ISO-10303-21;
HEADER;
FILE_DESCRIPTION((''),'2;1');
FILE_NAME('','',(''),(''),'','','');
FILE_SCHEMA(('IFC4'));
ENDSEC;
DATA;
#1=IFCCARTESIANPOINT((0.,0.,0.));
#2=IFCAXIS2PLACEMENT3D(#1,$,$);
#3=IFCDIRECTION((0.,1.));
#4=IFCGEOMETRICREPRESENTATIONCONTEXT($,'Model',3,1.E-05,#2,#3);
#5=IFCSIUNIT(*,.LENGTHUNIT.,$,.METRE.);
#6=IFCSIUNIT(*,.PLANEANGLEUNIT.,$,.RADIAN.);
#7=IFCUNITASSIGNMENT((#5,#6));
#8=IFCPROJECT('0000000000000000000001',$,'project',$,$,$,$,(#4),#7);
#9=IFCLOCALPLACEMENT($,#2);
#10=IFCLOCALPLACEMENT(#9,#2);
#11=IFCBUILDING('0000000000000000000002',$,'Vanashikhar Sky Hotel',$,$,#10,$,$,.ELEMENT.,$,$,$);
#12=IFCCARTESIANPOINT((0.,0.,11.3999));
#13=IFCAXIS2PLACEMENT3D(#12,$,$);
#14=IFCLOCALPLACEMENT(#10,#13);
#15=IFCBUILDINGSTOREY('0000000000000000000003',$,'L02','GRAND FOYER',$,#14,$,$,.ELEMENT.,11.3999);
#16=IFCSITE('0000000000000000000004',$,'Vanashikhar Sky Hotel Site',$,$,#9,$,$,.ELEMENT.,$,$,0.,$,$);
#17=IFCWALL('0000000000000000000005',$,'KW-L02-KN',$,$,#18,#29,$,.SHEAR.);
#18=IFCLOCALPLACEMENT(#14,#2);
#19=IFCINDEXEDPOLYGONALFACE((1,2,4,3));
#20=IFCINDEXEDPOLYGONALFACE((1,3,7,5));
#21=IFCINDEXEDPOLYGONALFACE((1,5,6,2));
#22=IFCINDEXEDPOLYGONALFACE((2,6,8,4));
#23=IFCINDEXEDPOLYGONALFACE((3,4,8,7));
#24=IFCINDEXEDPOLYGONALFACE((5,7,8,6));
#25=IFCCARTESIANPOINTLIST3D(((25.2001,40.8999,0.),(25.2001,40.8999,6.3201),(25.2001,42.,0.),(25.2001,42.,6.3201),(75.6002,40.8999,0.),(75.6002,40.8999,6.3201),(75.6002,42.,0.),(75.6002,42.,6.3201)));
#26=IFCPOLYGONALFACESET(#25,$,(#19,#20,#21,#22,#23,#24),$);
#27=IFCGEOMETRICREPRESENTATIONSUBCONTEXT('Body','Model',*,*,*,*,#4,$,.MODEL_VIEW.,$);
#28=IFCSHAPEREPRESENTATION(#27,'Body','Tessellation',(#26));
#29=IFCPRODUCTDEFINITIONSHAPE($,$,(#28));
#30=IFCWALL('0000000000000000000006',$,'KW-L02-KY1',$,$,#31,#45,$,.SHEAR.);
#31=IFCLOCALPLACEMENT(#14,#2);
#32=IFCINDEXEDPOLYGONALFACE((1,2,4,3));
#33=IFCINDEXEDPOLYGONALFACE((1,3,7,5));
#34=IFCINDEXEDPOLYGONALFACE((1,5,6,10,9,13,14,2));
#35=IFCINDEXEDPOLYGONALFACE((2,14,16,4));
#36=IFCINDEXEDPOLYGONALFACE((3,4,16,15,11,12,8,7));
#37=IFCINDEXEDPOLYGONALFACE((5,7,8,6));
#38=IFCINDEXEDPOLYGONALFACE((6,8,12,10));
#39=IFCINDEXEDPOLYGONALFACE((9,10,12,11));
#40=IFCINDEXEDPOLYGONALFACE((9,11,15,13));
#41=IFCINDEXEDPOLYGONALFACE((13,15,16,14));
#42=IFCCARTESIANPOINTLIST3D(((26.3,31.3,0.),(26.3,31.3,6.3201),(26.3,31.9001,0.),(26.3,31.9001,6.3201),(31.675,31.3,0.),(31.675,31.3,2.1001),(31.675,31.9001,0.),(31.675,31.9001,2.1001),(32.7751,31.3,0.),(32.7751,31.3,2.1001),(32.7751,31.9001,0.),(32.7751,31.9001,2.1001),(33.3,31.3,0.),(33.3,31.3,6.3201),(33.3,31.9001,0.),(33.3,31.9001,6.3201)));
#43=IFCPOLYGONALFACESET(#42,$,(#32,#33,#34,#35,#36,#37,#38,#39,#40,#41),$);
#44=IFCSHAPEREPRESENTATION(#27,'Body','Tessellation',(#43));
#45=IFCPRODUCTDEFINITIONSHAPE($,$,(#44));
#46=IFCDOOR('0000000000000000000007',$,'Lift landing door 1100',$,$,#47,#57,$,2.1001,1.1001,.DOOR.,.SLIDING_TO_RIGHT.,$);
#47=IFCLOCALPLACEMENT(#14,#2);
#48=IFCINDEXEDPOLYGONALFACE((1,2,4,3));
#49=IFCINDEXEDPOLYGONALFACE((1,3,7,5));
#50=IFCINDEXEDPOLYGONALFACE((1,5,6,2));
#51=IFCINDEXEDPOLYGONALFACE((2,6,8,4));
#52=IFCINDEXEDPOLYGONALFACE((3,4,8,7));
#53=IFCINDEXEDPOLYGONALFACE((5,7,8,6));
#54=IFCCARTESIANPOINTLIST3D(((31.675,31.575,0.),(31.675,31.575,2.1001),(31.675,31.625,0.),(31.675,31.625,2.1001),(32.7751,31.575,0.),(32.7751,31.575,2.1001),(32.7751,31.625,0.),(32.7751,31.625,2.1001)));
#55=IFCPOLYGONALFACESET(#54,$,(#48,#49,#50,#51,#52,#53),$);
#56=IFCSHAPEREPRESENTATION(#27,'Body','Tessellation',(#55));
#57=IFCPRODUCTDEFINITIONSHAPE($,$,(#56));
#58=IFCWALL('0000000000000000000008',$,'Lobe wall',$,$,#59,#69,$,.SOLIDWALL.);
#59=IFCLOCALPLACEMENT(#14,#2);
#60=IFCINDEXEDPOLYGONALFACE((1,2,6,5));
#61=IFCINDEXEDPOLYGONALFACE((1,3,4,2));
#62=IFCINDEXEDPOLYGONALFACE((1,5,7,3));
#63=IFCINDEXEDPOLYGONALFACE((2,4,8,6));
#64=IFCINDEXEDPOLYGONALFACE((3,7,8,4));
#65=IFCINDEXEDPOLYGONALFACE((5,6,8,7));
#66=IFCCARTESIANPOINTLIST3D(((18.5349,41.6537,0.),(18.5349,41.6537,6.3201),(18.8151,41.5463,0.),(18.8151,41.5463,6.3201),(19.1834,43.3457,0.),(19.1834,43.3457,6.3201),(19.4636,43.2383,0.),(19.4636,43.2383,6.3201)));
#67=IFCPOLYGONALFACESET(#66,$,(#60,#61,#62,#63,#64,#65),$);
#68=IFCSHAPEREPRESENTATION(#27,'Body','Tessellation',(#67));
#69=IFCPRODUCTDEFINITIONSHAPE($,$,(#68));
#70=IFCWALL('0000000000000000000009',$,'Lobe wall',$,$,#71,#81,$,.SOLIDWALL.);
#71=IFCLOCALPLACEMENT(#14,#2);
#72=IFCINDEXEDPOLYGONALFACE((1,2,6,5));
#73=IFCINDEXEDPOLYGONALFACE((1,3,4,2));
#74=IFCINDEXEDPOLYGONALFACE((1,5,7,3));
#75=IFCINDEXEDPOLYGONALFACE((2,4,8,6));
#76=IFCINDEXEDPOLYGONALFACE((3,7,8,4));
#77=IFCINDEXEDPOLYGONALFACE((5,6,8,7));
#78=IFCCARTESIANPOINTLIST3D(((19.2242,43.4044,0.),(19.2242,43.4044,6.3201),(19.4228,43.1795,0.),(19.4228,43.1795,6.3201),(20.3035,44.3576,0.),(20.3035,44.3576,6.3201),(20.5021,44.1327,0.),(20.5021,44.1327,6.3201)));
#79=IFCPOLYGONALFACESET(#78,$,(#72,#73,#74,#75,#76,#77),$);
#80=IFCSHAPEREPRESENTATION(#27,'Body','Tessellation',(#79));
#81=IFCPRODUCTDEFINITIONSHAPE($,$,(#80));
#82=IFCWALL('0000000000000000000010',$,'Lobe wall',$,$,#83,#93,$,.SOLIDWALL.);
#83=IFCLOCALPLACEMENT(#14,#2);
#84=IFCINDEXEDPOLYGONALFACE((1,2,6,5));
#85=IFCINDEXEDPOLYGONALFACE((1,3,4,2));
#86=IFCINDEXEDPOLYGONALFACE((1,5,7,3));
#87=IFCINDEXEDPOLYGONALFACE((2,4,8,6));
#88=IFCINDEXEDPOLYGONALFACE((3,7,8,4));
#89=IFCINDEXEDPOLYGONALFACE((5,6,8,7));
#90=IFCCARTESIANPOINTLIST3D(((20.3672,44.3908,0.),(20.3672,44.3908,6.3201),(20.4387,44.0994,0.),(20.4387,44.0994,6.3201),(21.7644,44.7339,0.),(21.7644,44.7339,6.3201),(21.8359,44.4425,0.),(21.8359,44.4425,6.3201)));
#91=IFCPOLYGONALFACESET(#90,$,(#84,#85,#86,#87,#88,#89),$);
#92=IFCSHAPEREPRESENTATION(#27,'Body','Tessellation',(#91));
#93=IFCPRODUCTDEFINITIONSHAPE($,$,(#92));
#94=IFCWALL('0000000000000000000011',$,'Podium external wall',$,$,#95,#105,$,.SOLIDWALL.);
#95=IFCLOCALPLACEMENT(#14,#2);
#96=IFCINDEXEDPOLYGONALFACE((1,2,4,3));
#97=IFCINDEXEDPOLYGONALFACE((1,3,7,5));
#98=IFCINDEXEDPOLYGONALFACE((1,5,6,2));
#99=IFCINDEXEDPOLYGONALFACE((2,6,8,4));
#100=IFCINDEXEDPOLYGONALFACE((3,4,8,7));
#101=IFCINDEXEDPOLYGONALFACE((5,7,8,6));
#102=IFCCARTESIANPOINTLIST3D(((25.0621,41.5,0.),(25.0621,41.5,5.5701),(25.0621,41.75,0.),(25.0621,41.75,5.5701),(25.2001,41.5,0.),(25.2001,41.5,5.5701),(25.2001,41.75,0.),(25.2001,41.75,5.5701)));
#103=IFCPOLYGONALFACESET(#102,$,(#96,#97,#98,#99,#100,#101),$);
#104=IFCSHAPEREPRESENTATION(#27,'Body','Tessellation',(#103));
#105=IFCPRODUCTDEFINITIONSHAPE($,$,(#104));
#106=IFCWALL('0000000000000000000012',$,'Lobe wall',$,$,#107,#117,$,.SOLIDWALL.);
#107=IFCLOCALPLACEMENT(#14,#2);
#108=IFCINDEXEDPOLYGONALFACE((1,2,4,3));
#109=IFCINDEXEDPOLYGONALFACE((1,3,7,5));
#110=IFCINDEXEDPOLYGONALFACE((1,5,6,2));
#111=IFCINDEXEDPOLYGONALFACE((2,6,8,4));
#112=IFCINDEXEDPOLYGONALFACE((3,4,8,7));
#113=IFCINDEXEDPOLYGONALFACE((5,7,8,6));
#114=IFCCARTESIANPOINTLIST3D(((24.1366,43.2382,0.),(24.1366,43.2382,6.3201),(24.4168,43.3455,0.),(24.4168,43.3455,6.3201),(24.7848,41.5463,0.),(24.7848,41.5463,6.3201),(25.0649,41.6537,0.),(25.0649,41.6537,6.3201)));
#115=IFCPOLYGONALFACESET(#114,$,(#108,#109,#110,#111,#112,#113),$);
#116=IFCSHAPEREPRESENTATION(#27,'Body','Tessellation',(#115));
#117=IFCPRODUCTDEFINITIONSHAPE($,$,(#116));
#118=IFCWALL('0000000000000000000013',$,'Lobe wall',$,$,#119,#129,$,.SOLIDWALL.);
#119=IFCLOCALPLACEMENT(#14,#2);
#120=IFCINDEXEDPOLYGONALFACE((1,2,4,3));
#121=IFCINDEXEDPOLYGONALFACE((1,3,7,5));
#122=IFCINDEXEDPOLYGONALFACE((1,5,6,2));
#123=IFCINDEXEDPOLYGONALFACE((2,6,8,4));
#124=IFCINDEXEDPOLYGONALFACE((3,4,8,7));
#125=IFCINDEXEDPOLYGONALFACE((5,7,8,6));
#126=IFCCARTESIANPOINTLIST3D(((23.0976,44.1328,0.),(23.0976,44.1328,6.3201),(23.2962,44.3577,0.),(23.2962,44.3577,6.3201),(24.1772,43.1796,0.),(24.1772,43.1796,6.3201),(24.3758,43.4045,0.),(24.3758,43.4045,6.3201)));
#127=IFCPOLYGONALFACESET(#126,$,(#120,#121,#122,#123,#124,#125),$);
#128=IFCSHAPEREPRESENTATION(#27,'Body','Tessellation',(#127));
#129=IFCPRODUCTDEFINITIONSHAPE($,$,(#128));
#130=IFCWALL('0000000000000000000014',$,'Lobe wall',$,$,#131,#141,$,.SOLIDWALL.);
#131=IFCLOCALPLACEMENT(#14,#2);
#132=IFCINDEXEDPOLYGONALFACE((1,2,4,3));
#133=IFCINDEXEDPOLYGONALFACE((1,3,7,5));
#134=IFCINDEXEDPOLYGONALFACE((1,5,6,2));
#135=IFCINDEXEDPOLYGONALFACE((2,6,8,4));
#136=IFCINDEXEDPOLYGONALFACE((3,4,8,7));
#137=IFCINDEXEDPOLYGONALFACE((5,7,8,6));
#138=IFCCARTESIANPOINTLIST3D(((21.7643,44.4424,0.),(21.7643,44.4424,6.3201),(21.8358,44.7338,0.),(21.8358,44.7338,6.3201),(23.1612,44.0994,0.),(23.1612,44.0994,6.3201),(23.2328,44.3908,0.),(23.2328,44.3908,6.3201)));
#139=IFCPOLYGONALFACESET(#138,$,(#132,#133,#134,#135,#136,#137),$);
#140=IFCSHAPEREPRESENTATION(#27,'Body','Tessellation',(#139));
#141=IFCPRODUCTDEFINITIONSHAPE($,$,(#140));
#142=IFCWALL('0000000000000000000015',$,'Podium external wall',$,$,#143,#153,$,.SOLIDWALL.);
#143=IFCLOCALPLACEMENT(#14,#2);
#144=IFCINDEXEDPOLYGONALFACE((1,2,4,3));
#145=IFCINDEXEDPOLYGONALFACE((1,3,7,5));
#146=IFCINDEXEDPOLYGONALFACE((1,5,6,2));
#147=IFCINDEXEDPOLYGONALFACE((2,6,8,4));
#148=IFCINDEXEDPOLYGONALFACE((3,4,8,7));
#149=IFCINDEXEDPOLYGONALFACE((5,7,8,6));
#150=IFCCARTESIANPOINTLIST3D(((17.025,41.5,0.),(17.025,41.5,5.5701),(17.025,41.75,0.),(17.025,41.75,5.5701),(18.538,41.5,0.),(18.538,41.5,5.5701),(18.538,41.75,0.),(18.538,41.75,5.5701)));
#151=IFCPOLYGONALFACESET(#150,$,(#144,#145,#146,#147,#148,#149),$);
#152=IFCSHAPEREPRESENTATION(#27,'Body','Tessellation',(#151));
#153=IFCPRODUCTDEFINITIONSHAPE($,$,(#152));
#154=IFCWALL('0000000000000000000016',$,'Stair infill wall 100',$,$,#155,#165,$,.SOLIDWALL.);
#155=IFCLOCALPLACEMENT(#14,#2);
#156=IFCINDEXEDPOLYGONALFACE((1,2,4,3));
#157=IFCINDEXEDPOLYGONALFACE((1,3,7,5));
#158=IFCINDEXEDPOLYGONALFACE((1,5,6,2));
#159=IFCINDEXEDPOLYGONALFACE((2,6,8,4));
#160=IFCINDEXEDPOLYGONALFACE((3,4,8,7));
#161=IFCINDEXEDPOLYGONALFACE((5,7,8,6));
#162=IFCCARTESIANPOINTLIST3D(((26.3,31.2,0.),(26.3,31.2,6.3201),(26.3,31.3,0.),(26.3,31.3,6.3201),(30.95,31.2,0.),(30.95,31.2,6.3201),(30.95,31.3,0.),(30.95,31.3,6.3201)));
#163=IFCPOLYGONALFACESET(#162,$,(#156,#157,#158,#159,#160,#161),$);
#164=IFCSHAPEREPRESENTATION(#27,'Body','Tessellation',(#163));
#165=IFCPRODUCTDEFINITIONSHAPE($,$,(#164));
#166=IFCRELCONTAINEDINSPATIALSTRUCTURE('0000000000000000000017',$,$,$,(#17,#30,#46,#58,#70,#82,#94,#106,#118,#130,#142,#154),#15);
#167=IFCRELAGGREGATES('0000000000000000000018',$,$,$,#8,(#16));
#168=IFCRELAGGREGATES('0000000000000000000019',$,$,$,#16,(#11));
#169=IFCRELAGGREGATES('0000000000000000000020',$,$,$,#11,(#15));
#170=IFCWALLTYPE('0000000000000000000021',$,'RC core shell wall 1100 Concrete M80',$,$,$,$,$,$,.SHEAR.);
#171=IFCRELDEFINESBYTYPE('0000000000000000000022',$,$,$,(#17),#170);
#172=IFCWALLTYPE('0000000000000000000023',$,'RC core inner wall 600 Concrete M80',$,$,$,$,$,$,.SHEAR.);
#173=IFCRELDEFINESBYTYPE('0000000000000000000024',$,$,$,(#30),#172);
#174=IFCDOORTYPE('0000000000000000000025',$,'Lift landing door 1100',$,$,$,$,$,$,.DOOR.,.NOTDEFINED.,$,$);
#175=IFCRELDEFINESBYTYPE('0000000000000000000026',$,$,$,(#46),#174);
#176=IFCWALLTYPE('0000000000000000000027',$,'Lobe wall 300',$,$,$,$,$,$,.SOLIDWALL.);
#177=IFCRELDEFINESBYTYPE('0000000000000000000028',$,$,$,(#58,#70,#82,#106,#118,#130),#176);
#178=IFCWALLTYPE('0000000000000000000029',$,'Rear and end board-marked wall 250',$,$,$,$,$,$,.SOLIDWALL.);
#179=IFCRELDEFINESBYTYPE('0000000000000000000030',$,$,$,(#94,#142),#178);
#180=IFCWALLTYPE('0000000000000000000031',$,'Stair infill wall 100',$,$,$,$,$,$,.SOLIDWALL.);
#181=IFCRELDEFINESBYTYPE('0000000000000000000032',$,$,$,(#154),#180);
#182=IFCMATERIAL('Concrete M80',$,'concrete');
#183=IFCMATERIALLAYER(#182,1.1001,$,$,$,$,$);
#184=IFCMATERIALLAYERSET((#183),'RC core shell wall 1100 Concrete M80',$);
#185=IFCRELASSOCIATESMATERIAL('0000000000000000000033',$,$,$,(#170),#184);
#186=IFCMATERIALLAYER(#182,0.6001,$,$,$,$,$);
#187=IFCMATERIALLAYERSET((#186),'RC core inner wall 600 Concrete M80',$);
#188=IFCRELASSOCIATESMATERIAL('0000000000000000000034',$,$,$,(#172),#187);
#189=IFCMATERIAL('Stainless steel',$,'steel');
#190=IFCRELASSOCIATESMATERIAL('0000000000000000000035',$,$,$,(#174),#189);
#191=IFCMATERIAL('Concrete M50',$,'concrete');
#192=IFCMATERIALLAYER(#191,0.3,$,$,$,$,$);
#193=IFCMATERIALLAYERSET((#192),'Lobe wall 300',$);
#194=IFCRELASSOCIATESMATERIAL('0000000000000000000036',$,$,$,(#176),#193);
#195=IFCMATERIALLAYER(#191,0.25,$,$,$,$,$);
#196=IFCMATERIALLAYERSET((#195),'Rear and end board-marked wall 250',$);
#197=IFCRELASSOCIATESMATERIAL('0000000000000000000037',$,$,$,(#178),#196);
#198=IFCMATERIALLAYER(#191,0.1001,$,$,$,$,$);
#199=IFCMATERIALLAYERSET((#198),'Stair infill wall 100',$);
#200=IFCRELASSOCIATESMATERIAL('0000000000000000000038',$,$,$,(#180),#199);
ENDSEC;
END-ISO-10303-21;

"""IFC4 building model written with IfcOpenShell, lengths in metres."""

from ifc_helpers import new_model, si_unit, direction, frame, frame_2d, origin, place, context, subcontext, project, spatial, rectangle, extrude, source, transform, mapped, material, layer, layer_set, type_object, element, fill, save


model = new_model("IFC4")

# Units and contexts
model_context = context("Model", 3, precision=1e-05, world=origin(), true_north=direction((0.0, 1.0)))
body_context = subcontext(model_context, "Body", "Model", "MODEL_VIEW")
ifc_project = project(units=[si_unit("LENGTHUNIT", "METRE"), si_unit("PLANEANGLEUNIT", "RADIAN")], contexts=[model_context])

# Site, building, storey
site_placement = place(None, origin())
site = spatial("IfcSite", under=ifc_project, at=site_placement, Name="Vanashikhar Sky Hotel Site", CompositionType="ELEMENT", RefElevation=0.0)
building_placement = place(site_placement, origin())
building = spatial("IfcBuilding", under=site, at=building_placement, Name="Vanashikhar Sky Hotel", CompositionType="ELEMENT")
storey_placement = place(building_placement, frame((0.0, 0.0, 11.3999)))
storey = spatial("IfcBuildingStorey", under=building, at=storey_placement, Name="L02", Description="GRAND FOYER", CompositionType="ELEMENT", Elevation=11.3999)

# Wall
ifc_material_1 = material(Name="Concrete M80", Category="concrete")
ifc_layer_1 = layer(ifc_material_1, 1.1001)
ifc_layer_set_1 = layer_set([ifc_layer_1], Name="RC core shell wall 1100 Concrete M80")
wall_type_1 = type_object("IfcWallType", Name="RC core shell wall 1100 Concrete M80", PredefinedType="SHEAR", material=ifc_layer_set_1)
shared_shape_1 = source(origin(), body_context, "Body", "SweptSolid", [
    extrude(rectangle(XDim=50.4001, YDim=1.1001, at=frame_2d((25.2002, 0.0))), origin(), (0.0, 0.0, 1.0), 6.3201),
])
wall_1_placement = place(storey_placement, frame((25.2, 41.45, 0.0), z_axis=(0.0, 0.0, 1.0), x_axis=(1.0, 0.0, 0.0)))
element("IfcWall", 1, at=wall_1_placement, inside=storey, type_object=wall_type_1, Name="KW-L02-KN", PredefinedType="SHEAR", context=body_context, shape_type="MappedRepresentation", body=[
    mapped(shared_shape_1, transform((0.0, 0.0, 0.0), scale=1.0)),
])

# Wall, opening, door
ifc_layer_2 = layer(ifc_material_1, 0.6001)
ifc_layer_set_2 = layer_set([ifc_layer_2], Name="RC core inner wall 600 Concrete M80")
wall_type_2 = type_object("IfcWallType", Name="RC core inner wall 600 Concrete M80", PredefinedType="SHEAR", material=ifc_layer_set_2)
shared_shape_2 = source(origin(), body_context, "Body", "SweptSolid", [
    extrude(rectangle(XDim=7.0, YDim=0.6001, at=frame_2d((3.5, 0.0))), origin(), (0.0, 0.0, 1.0), 6.3201),
])
wall_2_placement = place(storey_placement, frame((26.3, 31.6001, 0.0), z_axis=(0.0, 0.0, 1.0), x_axis=(1.0, 0.0, 0.0)))
wall_2 = element("IfcWall", 2, at=wall_2_placement, inside=storey, type_object=wall_type_2, Name="KW-L02-KY1", PredefinedType="SHEAR", context=body_context, shape_type="MappedRepresentation", body=[
    mapped(shared_shape_2, transform((0.0, 0.0, 0.0), scale=1.0)),
])
shared_shape_3 = source(origin(), body_context, "Body", "SweptSolid", [
    extrude(rectangle(XDim=1.1001, YDim=2.1001, at=frame_2d((0.55, 1.05))), frame((0.0, 0.3101, 0.0), z_axis=(0.0, -1.0, 0.0), x_axis=(1.0, 0.0, 0.0)), (0.0, 0.0, 1.0), 0.6201),
])
opening_placement = place(wall_2_placement, frame((5.375, 0.0, 0.0)))
opening = element("IfcOpeningElement", 3, at=opening_placement, cuts=wall_2, PredefinedType="OPENING", context=body_context, shape_type="MappedRepresentation", body=[
    mapped(shared_shape_3, transform((0.0, 0.0, 0.0), scale=1.0)),
])
ifc_material_2 = material(Name="Stainless steel", Category="steel")
door_type = type_object("IfcDoorType", Name="Lift landing door 1100", OperationType="NOTDEFINED", PredefinedType="DOOR", material=ifc_material_2)
shared_shape_4 = source(origin(), body_context, "Body", "SweptSolid", [
    extrude(rectangle(XDim=1.1001, YDim=2.1001, at=frame_2d((0.55, 1.05))), frame((0.0, 0.0249, 0.0), z_axis=(0.0, -1.0, 0.0), x_axis=(1.0, 0.0, 0.0)), (0.0, 0.0, 1.0), 0.05),
])
door_placement = place(opening_placement, origin())
door = element("IfcDoor", 4, at=door_placement, inside=storey, type_object=door_type, Name="Lift landing door 1100", OperationType="SLIDING_TO_RIGHT", OverallHeight=2.1001, OverallWidth=1.1001, PredefinedType="DOOR", context=body_context, shape_type="MappedRepresentation", body=[
    mapped(shared_shape_4, transform((0.0, 0.0, 0.0), scale=1.0)),
])
fill(opening, door)

# Walls
ifc_material_3 = material(Name="Concrete M50", Category="concrete")
ifc_layer_3 = layer(ifc_material_3, 0.3)
ifc_layer_set_3 = layer_set([ifc_layer_3], Name="Lobe wall 300")
wall_type_3 = type_object("IfcWallType", Name="Lobe wall 300", PredefinedType="SOLIDWALL", material=ifc_layer_set_3)
shared_shape_5 = source(origin(), body_context, "Body", "SweptSolid", [
    extrude(rectangle(XDim=1.812, YDim=0.3, at=frame_2d((0.906, 0.0))), origin(), (0.0, 0.0, 1.0), 6.3201),
])
wall_3_placement = place(storey_placement, frame((19.3235, 43.292, 0.0), z_axis=(0.0, 0.0, 1.0), x_axis=(-0.357877, -0.933769, 0.0)))
element("IfcWall", 5, at=wall_3_placement, inside=storey, type_object=wall_type_3, Name="Lobe wall", PredefinedType="SOLIDWALL", context=body_context, shape_type="MappedRepresentation", body=[
    mapped(shared_shape_5, transform((0.0, 0.0, 0.0), scale=1.0)),
])
shared_shape_6 = source(origin(), body_context, "Body", "SweptSolid", [
    extrude(rectangle(XDim=1.4399, YDim=0.3, at=frame_2d((0.72, 0.0))), origin(), (0.0, 0.0, 1.0), 6.3201),
])
wall_4_placement = place(storey_placement, frame((20.4028, 44.2451, 0.0), z_axis=(0.0, 0.0, 1.0), x_axis=(-0.749576, -0.661919, 0.0)))
element("IfcWall", 6, at=wall_4_placement, inside=storey, type_object=wall_type_3, Name="Lobe wall", PredefinedType="SOLIDWALL", context=body_context, shape_type="MappedRepresentation", body=[
    mapped(shared_shape_6, transform((0.0, 0.0, 0.0), scale=1.0)),
])
shared_shape_7 = source(origin(), body_context, "Body", "SweptSolid", [
    extrude(rectangle(XDim=1.4387, YDim=0.3, at=frame_2d((0.7192, 0.0))), origin(), (0.0, 0.0, 1.0), 6.3201),
])
wall_5_placement = place(storey_placement, frame((21.8, 44.5881, 0.0), z_axis=(0.0, 0.0, 1.0), x_axis=(-0.971162, -0.238421, 0.0)))
element("IfcWall", 7, at=wall_5_placement, inside=storey, type_object=wall_type_3, Name="Lobe wall", PredefinedType="SOLIDWALL", context=body_context, shape_type="MappedRepresentation", body=[
    mapped(shared_shape_7, transform((0.0, 0.0, 0.0), scale=1.0)),
])
ifc_layer_4 = layer(ifc_material_3, 0.25)
ifc_layer_set_4 = layer_set([ifc_layer_4], Name="Rear and end board-marked wall 250")
wall_type_4 = type_object("IfcWallType", Name="Rear and end board-marked wall 250", PredefinedType="SOLIDWALL", material=ifc_layer_set_4)
shared_shape_8 = source(origin(), body_context, "Body", "SweptSolid", [
    extrude(rectangle(XDim=0.1379, YDim=0.25, at=frame_2d((0.0688, 0.0))), origin(), (0.0, 0.0, 1.0), 5.5701),
])
wall_6_placement = place(storey_placement, frame((25.2, 41.625, 0.0), z_axis=(0.0, 0.0, 1.0), x_axis=(-1.0, 0.0, 0.0)))
element("IfcWall", 8, at=wall_6_placement, inside=storey, type_object=wall_type_4, Name="Podium external wall", PredefinedType="SOLIDWALL", context=body_context, shape_type="MappedRepresentation", body=[
    mapped(shared_shape_8, transform((0.0, 0.0, 0.0), scale=1.0)),
])
shared_shape_9 = source(origin(), body_context, "Body", "SweptSolid", [
    extrude(rectangle(XDim=1.8118, YDim=0.3, at=frame_2d((0.9058, 0.0))), origin(), (0.0, 0.0, 1.0), 6.3201),
])
wall_7_placement = place(storey_placement, frame((24.9248, 41.6001, 0.0), z_axis=(0.0, 0.0, 1.0), x_axis=(-0.35776, 0.933814, 0.0)))
element("IfcWall", 9, at=wall_7_placement, inside=storey, type_object=wall_type_3, Name="Lobe wall", PredefinedType="SOLIDWALL", context=body_context, shape_type="MappedRepresentation", body=[
    mapped(shared_shape_9, transform((0.0, 0.0, 0.0), scale=1.0)),
])
shared_shape_10 = source(origin(), body_context, "Body", "SweptSolid", [
    extrude(rectangle(XDim=1.4402, YDim=0.3, at=frame_2d((0.7202, 0.0))), origin(), (0.0, 0.0, 1.0), 6.3201),
])
wall_8_placement = place(storey_placement, frame((24.2766, 43.292, 0.0), z_axis=(0.0, 0.0, 1.0), x_axis=(-0.74965, 0.661835, 0.0)))
element("IfcWall", 10, at=wall_8_placement, inside=storey, type_object=wall_type_3, Name="Lobe wall", PredefinedType="SOLIDWALL", context=body_context, shape_type="MappedRepresentation", body=[
    mapped(shared_shape_10, transform((0.0, 0.0, 0.0), scale=1.0)),
])
shared_shape_11 = source(origin(), body_context, "Body", "SweptSolid", [
    extrude(rectangle(XDim=1.4385, YDim=0.3, at=frame_2d((0.7192, 0.0))), origin(), (0.0, 0.0, 1.0), 6.3201),
])
wall_9_placement = place(storey_placement, frame((23.197, 44.2451, 0.0), z_axis=(0.0, 0.0, 1.0), x_axis=(-0.971152, 0.23846, 0.0)))
element("IfcWall", 11, at=wall_9_placement, inside=storey, type_object=wall_type_3, Name="Lobe wall", PredefinedType="SOLIDWALL", context=body_context, shape_type="MappedRepresentation", body=[
    mapped(shared_shape_11, transform((0.0, 0.0, 0.0), scale=1.0)),
])
shared_shape_12 = source(origin(), body_context, "Body", "SweptSolid", [
    extrude(rectangle(XDim=1.5129, YDim=0.25, at=frame_2d((0.7563, 0.0))), origin(), (0.0, 0.0, 1.0), 5.5701),
])
wall_10_placement = place(storey_placement, frame((18.5378, 41.625, 0.0), z_axis=(0.0, 0.0, 1.0), x_axis=(-1.0, 0.0, 0.0)))
element("IfcWall", 12, at=wall_10_placement, inside=storey, type_object=wall_type_4, Name="Podium external wall", PredefinedType="SOLIDWALL", context=body_context, shape_type="MappedRepresentation", body=[
    mapped(shared_shape_12, transform((0.0, 0.0, 0.0), scale=1.0)),
])
ifc_layer_5 = layer(ifc_material_3, 0.1001)
ifc_layer_set_5 = layer_set([ifc_layer_5], Name="Stair infill wall 100")
wall_type_5 = type_object("IfcWallType", Name="Stair infill wall 100", PredefinedType="SOLIDWALL", material=ifc_layer_set_5)
shared_shape_13 = source(origin(), body_context, "Body", "SweptSolid", [
    extrude(rectangle(XDim=4.6499, YDim=0.1001, at=frame_2d((2.325, 0.0))), origin(), (0.0, 0.0, 1.0), 6.3201),
])
wall_11_placement = place(storey_placement, frame((26.3, 31.25, 0.0), z_axis=(0.0, 0.0, 1.0), x_axis=(1.0, 0.0, 0.0)))
element("IfcWall", 13, at=wall_11_placement, inside=storey, type_object=wall_type_5, Name="Stair infill wall 100", PredefinedType="SOLIDWALL", context=body_context, shape_type="MappedRepresentation", body=[
    mapped(shared_shape_13, transform((0.0, 0.0, 0.0), scale=1.0)),
])

save(model, "model.ifc")
